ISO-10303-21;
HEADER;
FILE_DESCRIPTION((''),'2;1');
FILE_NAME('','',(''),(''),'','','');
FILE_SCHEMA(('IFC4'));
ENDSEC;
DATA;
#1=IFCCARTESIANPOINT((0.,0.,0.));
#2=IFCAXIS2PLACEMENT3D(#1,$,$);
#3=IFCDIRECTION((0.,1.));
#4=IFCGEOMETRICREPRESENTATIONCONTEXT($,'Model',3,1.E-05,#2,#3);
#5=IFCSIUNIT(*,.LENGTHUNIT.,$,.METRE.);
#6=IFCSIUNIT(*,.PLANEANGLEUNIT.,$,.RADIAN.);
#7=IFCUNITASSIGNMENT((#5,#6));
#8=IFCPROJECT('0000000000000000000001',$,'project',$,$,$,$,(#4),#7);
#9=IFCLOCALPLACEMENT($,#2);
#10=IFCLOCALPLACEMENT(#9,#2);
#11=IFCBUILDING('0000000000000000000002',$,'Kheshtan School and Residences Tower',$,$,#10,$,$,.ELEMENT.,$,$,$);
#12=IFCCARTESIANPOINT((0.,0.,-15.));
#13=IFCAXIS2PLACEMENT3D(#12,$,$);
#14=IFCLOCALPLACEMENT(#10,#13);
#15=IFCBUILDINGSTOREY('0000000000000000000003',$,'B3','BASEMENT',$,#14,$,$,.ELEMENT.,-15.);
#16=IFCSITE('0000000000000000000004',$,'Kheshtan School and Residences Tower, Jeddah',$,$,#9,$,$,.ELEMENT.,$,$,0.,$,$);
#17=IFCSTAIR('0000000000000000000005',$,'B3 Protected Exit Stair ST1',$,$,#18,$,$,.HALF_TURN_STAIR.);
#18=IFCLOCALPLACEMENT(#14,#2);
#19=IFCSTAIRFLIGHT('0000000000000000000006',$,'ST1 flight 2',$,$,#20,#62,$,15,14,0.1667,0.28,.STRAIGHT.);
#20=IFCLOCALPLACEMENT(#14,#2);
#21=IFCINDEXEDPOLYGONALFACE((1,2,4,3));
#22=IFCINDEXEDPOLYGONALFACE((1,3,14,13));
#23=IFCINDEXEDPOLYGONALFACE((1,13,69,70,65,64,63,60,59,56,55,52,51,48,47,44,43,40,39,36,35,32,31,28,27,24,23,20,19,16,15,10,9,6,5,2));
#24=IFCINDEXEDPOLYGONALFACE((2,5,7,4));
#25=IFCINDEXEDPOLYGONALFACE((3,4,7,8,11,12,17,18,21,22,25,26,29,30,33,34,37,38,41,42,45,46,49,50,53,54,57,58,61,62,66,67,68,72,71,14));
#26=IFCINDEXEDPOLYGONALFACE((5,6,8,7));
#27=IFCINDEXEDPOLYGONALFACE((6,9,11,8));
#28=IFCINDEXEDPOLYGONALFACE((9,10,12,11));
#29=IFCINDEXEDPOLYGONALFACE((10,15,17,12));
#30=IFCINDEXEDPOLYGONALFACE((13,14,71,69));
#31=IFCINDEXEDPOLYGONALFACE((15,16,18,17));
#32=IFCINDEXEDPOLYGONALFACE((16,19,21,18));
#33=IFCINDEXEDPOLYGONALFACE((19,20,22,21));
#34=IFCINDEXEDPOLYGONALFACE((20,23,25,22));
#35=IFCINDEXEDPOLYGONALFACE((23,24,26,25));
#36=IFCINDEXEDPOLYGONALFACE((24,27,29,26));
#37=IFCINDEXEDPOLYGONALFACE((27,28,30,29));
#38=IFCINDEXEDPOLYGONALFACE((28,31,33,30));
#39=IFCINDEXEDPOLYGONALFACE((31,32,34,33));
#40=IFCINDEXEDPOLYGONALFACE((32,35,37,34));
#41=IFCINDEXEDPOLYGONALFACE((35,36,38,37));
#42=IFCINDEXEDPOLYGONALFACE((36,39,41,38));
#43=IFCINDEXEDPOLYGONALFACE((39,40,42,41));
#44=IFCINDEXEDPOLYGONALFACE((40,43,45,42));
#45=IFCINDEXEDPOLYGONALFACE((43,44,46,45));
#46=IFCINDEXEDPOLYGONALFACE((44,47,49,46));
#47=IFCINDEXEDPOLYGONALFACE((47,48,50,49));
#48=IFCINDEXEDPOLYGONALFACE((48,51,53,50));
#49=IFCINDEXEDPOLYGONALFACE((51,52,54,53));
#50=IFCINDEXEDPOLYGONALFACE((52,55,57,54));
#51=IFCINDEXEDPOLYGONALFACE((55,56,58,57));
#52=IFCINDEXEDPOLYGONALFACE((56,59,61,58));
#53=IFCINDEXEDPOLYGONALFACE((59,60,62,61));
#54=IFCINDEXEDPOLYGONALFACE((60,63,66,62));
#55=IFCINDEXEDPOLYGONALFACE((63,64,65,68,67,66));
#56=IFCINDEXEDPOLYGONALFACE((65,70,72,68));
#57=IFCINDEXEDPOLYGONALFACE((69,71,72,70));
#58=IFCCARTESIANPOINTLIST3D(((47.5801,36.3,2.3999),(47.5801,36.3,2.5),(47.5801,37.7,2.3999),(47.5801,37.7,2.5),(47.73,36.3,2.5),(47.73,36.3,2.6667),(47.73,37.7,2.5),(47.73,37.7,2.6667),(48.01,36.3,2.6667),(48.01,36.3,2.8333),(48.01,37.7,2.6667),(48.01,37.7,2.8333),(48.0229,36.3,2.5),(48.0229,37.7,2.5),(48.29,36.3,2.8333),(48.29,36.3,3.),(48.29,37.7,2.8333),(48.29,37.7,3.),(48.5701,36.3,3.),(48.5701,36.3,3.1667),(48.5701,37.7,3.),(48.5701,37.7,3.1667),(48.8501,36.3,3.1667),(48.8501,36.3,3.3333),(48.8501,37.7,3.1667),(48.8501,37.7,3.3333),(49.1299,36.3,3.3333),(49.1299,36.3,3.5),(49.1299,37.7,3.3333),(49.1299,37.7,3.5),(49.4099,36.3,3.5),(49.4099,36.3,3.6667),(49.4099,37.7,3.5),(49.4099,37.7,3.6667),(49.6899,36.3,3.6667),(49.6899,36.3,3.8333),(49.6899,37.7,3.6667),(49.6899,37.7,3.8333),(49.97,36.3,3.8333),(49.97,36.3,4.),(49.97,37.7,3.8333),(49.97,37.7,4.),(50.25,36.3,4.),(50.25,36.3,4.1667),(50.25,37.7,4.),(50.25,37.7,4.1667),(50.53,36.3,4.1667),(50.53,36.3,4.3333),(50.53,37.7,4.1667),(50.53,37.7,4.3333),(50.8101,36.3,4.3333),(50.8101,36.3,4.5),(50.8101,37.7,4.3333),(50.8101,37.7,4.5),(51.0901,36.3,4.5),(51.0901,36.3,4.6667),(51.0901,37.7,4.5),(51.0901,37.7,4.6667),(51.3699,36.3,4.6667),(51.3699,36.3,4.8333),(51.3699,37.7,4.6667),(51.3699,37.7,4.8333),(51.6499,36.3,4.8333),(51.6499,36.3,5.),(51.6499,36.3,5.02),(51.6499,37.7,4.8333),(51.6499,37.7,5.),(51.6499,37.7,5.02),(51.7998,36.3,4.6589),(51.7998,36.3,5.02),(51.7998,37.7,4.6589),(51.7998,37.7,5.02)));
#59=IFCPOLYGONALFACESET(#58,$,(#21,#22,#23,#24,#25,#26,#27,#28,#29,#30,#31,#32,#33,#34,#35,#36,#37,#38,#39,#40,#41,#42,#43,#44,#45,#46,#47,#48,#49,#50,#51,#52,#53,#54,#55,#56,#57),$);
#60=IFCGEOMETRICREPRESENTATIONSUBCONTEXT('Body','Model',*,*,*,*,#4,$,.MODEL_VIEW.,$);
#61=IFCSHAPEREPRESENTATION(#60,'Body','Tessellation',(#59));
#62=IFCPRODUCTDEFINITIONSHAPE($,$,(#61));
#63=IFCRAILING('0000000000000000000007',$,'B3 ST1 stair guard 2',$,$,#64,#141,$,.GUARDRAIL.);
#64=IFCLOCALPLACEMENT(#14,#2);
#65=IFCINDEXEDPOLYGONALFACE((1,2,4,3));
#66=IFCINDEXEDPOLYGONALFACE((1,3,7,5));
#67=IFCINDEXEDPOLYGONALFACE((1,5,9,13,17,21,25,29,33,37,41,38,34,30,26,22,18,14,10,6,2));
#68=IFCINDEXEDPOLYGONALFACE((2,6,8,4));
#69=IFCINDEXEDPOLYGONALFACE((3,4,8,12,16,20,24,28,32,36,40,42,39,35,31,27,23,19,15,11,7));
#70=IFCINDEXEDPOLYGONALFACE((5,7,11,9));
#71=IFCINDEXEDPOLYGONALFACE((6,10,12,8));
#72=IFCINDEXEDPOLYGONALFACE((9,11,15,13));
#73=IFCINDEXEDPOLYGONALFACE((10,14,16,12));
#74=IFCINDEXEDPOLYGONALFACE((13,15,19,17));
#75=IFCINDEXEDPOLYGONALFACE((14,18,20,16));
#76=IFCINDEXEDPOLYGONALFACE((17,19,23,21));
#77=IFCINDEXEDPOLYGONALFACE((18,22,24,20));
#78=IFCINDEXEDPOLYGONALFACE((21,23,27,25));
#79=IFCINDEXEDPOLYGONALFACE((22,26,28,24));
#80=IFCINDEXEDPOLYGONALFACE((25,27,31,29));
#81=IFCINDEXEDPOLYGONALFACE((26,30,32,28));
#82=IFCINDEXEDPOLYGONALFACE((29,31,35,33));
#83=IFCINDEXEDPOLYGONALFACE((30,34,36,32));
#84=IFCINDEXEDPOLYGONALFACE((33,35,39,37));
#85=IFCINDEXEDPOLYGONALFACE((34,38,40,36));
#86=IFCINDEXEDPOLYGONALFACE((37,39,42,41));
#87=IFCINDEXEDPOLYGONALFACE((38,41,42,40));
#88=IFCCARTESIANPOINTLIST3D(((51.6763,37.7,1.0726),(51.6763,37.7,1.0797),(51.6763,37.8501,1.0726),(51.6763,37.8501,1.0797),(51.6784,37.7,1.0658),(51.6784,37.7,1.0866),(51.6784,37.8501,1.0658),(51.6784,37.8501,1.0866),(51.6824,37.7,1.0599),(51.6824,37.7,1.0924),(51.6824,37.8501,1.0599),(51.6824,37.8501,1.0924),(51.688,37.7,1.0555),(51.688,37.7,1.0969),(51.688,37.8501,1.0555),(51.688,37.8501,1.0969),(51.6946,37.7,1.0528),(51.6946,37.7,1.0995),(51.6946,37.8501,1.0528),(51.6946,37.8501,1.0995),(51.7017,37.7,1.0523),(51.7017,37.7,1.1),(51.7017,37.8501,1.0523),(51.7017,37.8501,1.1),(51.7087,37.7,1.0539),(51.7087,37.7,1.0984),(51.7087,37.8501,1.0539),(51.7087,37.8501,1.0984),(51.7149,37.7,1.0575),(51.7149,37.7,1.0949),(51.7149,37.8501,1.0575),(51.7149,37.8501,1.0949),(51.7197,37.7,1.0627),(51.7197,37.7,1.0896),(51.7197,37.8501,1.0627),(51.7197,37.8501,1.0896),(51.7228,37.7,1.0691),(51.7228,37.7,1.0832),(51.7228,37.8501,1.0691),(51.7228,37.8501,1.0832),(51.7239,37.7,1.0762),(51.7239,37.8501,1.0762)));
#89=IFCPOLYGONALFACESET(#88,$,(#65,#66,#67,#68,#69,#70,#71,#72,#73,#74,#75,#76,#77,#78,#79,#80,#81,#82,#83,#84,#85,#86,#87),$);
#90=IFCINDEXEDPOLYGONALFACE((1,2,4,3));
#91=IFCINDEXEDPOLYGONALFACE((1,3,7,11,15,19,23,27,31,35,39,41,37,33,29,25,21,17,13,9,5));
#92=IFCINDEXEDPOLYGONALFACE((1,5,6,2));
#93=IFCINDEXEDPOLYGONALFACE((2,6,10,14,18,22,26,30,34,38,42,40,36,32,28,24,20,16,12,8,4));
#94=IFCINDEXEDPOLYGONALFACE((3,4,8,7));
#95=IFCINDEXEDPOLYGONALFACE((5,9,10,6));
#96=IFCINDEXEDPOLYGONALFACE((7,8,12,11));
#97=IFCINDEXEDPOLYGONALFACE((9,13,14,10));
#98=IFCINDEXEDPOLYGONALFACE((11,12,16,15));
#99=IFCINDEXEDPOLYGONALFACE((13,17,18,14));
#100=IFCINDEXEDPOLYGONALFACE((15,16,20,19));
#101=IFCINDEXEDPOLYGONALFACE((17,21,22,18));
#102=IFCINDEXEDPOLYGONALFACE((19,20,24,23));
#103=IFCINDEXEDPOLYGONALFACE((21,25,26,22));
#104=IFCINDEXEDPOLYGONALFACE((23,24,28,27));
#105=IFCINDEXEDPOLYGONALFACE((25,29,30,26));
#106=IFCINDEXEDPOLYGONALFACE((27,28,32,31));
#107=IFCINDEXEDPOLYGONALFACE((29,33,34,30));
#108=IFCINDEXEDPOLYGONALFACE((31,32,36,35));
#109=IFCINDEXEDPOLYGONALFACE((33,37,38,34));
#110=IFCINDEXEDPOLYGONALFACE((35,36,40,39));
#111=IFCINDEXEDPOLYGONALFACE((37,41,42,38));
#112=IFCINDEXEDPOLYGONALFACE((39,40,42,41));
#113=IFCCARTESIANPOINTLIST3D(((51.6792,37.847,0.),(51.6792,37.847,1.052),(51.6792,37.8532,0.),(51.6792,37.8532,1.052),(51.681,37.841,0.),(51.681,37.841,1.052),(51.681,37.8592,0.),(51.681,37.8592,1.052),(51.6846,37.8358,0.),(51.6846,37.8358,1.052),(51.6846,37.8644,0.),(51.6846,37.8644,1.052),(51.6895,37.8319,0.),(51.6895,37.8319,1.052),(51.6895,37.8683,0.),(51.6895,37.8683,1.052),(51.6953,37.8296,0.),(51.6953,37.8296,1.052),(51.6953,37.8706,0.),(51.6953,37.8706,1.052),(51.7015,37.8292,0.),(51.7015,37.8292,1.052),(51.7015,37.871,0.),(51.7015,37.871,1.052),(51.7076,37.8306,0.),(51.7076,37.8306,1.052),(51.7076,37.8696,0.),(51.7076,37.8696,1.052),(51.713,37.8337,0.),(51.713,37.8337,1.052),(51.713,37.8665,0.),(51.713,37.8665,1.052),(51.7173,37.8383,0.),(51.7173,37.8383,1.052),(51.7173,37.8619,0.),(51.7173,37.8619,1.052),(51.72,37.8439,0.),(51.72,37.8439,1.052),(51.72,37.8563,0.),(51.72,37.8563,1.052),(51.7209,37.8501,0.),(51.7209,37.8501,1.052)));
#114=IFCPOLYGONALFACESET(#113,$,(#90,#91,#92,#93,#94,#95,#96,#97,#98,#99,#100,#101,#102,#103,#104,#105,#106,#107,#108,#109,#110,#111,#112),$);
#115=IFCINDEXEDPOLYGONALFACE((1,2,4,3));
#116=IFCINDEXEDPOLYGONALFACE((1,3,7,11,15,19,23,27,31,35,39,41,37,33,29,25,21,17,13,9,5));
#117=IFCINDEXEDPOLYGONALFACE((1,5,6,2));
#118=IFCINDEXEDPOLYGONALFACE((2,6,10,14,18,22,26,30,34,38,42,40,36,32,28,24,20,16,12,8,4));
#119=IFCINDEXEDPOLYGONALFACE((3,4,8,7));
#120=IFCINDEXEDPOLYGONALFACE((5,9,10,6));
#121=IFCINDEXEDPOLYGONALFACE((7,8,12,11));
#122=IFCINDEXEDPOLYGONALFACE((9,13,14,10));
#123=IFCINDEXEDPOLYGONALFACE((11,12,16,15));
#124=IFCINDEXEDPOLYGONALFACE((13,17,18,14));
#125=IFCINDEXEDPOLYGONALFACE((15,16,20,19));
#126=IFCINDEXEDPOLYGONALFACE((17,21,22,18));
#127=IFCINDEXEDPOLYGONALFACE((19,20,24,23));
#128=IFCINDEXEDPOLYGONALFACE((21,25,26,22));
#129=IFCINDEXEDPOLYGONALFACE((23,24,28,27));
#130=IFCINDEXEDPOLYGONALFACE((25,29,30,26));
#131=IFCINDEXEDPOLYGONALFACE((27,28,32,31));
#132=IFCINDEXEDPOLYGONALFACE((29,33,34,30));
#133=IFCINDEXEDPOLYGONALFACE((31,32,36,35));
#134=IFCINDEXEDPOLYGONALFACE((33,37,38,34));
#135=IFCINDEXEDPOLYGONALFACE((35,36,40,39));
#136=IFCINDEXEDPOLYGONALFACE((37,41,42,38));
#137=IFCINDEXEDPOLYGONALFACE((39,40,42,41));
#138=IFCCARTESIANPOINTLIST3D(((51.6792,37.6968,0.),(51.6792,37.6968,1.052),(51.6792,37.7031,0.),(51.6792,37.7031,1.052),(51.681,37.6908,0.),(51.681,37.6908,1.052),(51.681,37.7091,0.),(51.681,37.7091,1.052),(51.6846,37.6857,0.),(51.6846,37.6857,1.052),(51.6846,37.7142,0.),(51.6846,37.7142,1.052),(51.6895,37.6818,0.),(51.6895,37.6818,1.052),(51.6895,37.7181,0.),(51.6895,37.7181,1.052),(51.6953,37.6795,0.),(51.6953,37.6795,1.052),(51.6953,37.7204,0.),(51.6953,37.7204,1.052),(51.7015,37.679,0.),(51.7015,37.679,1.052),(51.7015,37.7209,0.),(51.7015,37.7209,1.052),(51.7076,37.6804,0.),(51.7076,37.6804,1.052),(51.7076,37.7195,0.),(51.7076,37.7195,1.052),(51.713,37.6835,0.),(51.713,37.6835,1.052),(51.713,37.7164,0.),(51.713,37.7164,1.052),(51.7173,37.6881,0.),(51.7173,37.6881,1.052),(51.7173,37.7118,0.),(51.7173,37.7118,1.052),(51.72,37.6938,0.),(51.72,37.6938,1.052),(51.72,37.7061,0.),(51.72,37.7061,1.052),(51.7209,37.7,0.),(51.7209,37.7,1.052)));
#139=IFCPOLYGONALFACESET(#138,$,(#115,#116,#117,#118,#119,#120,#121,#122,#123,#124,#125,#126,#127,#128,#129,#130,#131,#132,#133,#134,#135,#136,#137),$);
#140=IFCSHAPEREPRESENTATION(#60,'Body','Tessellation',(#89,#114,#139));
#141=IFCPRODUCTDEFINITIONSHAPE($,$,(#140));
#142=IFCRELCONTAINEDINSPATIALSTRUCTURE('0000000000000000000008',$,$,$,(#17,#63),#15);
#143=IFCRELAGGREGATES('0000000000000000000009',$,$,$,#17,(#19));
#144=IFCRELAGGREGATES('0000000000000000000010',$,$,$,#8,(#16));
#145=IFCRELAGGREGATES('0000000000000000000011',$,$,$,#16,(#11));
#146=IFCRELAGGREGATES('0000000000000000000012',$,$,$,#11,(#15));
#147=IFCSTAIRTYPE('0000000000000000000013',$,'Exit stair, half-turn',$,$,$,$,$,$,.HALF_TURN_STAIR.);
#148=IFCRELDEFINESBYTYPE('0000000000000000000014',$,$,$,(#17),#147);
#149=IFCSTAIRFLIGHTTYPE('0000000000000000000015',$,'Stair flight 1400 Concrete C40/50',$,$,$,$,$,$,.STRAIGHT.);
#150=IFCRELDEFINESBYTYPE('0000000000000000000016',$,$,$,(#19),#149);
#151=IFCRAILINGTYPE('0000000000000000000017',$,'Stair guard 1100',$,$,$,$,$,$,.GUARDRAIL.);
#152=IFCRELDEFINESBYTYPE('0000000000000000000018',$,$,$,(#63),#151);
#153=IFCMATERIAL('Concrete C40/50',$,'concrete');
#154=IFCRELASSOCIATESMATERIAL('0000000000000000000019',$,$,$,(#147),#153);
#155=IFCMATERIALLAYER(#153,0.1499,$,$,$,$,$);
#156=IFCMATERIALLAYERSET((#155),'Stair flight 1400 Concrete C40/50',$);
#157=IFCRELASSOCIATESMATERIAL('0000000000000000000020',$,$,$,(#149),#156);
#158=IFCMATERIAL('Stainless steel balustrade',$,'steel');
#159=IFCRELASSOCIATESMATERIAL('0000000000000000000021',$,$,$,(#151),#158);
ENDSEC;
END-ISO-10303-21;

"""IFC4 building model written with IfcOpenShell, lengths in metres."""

from ifc_helpers import new_model, si_unit, direction, frame, origin, origin_2d, place, context, subcontext, project, spatial, polyline, circle, outline, extrude, material, layer, layer_set, type_object, element, aggregate, save


model = new_model("IFC4")

# Units and contexts
model_context = context("Model", 3, precision=1e-05, world=origin(), true_north=direction((0.0, 1.0)))
body_context = subcontext(model_context, "Body", "Model", "MODEL_VIEW")
ifc_project = project(units=[si_unit("LENGTHUNIT", "METRE"), si_unit("PLANEANGLEUNIT", "RADIAN")], contexts=[model_context])

# Site, building, storey
site_placement = place(None, origin())
site = spatial("IfcSite", under=ifc_project, at=site_placement, Name="Kheshtan School and Residences Tower, Jeddah", CompositionType="ELEMENT", RefElevation=0.0)
building_placement = place(site_placement, origin())
building = spatial("IfcBuilding", under=site, at=building_placement, Name="Kheshtan School and Residences Tower", CompositionType="ELEMENT")
storey_placement = place(building_placement, frame((0.0, 0.0, -15.0)))
storey = spatial("IfcBuildingStorey", under=building, at=storey_placement, Name="B3", Description="BASEMENT", CompositionType="ELEMENT", Elevation=-15.0)

# Shared definitions
ifc_material_1 = material(Name="Concrete C40/50", Category="concrete")

# Stair, stair flight
stair_type = type_object("IfcStairType", Name="Exit stair, half-turn", PredefinedType="HALF_TURN_STAIR", material=ifc_material_1)
stair_placement = place(storey_placement, origin())
stair = element("IfcStair", 1, at=stair_placement, inside=storey, type_object=stair_type, Name="B3 Protected Exit Stair ST1", PredefinedType="HALF_TURN_STAIR")
ifc_layer_1 = layer(ifc_material_1, 0.1499)
ifc_layer_set_1 = layer_set([ifc_layer_1], Name="Stair flight 1400 Concrete C40/50")
stair_flight_type = type_object("IfcStairFlightType", Name="Stair flight 1400 Concrete C40/50", PredefinedType="STRAIGHT", material=ifc_layer_set_1)
stair_flight_1_placement = place(storey_placement, frame((47.73, 37.0, 2.5), z_axis=(0.0, 0.0, 1.0), x_axis=(1.0, 0.0, 0.0)))
stair_flight_1 = element("IfcStairFlight", 2, at=stair_flight_1_placement, type_object=stair_flight_type, Name="ST1 flight 2", NumberOfRisers=15, NumberOfTreads=14, PredefinedType="STRAIGHT", RiserHeight=0.1667, TreadLength=0.28, context=body_context, shape_type="SweptSolid", body=[
    extrude(outline(polyline([(-0.1499, -0.1001), (-0.1499, 0.0), (0.0, 0.0), (0.0, 0.1667), (0.28, 0.1667), (0.28, 0.3333), (0.5601, 0.3333), (0.5601, 0.5), (0.8401, 0.5), (0.8401, 0.6667), (1.1201, 0.6667), (1.1201, 0.8333), (1.3999, 0.8333), (1.3999, 1.0), (1.6799, 1.0), (1.6799, 1.1667), (1.96, 1.1667), (1.96, 1.3333), (2.24, 1.3333), (2.24, 1.5), (2.52, 1.5), (2.52, 1.6667), (2.8, 1.6667), (2.8, 1.8333), (3.0801, 1.8333), (3.0801, 2.0), (3.3601, 2.0), (3.3601, 2.1667), (3.6399, 2.1667), (3.6399, 2.3333), (3.9199, 2.3333), (3.9199, 2.5), (3.9199, 2.52), (4.0698, 2.52), (4.0698, 2.1589), (0.293, 0.0), (-0.1499, -0.1001)])), frame((0.0, 0.7, 0.0), z_axis=(0.0, -1.0, 0.0), x_axis=(1.0, 0.0, 0.0)), (0.0, 0.0, 1.0), 1.3999),
])
aggregate(stair, [stair_flight_1])

# Railing
ifc_material_2 = material(Name="Stainless steel balustrade", Category="steel")
railing_type_1 = type_object("IfcRailingType", Name="Stair guard 1100", PredefinedType="GUARDRAIL", material=ifc_material_2)
railing_1_placement = place(storey_placement, frame((51.7, 37.8501, 0.0)))
element("IfcRailing", 3, at=railing_1_placement, inside=storey, type_object=railing_type_1, Name="B3 ST1 stair guard 2", PredefinedType="GUARDRAIL", context=body_context, shape_type="SweptSolid", body=[
    extrude(circle(Radius=0.0239, at=origin_2d()), frame((0.0, 0.0, 1.0762), z_axis=(0.0, -1.0, 0.0), x_axis=(1.0, 0.0, 0.0)), (0.0, 0.0, 1.0), 0.1501),
    extrude(circle(Radius=0.021, at=origin_2d()), origin(), (0.0, 0.0, 1.0), 1.052),
    extrude(circle(Radius=0.021, at=origin_2d()), frame((0.0, -0.1501, 0.0)), (0.0, 0.0, 1.0), 1.052),
])

save(model, "model.ifc")
